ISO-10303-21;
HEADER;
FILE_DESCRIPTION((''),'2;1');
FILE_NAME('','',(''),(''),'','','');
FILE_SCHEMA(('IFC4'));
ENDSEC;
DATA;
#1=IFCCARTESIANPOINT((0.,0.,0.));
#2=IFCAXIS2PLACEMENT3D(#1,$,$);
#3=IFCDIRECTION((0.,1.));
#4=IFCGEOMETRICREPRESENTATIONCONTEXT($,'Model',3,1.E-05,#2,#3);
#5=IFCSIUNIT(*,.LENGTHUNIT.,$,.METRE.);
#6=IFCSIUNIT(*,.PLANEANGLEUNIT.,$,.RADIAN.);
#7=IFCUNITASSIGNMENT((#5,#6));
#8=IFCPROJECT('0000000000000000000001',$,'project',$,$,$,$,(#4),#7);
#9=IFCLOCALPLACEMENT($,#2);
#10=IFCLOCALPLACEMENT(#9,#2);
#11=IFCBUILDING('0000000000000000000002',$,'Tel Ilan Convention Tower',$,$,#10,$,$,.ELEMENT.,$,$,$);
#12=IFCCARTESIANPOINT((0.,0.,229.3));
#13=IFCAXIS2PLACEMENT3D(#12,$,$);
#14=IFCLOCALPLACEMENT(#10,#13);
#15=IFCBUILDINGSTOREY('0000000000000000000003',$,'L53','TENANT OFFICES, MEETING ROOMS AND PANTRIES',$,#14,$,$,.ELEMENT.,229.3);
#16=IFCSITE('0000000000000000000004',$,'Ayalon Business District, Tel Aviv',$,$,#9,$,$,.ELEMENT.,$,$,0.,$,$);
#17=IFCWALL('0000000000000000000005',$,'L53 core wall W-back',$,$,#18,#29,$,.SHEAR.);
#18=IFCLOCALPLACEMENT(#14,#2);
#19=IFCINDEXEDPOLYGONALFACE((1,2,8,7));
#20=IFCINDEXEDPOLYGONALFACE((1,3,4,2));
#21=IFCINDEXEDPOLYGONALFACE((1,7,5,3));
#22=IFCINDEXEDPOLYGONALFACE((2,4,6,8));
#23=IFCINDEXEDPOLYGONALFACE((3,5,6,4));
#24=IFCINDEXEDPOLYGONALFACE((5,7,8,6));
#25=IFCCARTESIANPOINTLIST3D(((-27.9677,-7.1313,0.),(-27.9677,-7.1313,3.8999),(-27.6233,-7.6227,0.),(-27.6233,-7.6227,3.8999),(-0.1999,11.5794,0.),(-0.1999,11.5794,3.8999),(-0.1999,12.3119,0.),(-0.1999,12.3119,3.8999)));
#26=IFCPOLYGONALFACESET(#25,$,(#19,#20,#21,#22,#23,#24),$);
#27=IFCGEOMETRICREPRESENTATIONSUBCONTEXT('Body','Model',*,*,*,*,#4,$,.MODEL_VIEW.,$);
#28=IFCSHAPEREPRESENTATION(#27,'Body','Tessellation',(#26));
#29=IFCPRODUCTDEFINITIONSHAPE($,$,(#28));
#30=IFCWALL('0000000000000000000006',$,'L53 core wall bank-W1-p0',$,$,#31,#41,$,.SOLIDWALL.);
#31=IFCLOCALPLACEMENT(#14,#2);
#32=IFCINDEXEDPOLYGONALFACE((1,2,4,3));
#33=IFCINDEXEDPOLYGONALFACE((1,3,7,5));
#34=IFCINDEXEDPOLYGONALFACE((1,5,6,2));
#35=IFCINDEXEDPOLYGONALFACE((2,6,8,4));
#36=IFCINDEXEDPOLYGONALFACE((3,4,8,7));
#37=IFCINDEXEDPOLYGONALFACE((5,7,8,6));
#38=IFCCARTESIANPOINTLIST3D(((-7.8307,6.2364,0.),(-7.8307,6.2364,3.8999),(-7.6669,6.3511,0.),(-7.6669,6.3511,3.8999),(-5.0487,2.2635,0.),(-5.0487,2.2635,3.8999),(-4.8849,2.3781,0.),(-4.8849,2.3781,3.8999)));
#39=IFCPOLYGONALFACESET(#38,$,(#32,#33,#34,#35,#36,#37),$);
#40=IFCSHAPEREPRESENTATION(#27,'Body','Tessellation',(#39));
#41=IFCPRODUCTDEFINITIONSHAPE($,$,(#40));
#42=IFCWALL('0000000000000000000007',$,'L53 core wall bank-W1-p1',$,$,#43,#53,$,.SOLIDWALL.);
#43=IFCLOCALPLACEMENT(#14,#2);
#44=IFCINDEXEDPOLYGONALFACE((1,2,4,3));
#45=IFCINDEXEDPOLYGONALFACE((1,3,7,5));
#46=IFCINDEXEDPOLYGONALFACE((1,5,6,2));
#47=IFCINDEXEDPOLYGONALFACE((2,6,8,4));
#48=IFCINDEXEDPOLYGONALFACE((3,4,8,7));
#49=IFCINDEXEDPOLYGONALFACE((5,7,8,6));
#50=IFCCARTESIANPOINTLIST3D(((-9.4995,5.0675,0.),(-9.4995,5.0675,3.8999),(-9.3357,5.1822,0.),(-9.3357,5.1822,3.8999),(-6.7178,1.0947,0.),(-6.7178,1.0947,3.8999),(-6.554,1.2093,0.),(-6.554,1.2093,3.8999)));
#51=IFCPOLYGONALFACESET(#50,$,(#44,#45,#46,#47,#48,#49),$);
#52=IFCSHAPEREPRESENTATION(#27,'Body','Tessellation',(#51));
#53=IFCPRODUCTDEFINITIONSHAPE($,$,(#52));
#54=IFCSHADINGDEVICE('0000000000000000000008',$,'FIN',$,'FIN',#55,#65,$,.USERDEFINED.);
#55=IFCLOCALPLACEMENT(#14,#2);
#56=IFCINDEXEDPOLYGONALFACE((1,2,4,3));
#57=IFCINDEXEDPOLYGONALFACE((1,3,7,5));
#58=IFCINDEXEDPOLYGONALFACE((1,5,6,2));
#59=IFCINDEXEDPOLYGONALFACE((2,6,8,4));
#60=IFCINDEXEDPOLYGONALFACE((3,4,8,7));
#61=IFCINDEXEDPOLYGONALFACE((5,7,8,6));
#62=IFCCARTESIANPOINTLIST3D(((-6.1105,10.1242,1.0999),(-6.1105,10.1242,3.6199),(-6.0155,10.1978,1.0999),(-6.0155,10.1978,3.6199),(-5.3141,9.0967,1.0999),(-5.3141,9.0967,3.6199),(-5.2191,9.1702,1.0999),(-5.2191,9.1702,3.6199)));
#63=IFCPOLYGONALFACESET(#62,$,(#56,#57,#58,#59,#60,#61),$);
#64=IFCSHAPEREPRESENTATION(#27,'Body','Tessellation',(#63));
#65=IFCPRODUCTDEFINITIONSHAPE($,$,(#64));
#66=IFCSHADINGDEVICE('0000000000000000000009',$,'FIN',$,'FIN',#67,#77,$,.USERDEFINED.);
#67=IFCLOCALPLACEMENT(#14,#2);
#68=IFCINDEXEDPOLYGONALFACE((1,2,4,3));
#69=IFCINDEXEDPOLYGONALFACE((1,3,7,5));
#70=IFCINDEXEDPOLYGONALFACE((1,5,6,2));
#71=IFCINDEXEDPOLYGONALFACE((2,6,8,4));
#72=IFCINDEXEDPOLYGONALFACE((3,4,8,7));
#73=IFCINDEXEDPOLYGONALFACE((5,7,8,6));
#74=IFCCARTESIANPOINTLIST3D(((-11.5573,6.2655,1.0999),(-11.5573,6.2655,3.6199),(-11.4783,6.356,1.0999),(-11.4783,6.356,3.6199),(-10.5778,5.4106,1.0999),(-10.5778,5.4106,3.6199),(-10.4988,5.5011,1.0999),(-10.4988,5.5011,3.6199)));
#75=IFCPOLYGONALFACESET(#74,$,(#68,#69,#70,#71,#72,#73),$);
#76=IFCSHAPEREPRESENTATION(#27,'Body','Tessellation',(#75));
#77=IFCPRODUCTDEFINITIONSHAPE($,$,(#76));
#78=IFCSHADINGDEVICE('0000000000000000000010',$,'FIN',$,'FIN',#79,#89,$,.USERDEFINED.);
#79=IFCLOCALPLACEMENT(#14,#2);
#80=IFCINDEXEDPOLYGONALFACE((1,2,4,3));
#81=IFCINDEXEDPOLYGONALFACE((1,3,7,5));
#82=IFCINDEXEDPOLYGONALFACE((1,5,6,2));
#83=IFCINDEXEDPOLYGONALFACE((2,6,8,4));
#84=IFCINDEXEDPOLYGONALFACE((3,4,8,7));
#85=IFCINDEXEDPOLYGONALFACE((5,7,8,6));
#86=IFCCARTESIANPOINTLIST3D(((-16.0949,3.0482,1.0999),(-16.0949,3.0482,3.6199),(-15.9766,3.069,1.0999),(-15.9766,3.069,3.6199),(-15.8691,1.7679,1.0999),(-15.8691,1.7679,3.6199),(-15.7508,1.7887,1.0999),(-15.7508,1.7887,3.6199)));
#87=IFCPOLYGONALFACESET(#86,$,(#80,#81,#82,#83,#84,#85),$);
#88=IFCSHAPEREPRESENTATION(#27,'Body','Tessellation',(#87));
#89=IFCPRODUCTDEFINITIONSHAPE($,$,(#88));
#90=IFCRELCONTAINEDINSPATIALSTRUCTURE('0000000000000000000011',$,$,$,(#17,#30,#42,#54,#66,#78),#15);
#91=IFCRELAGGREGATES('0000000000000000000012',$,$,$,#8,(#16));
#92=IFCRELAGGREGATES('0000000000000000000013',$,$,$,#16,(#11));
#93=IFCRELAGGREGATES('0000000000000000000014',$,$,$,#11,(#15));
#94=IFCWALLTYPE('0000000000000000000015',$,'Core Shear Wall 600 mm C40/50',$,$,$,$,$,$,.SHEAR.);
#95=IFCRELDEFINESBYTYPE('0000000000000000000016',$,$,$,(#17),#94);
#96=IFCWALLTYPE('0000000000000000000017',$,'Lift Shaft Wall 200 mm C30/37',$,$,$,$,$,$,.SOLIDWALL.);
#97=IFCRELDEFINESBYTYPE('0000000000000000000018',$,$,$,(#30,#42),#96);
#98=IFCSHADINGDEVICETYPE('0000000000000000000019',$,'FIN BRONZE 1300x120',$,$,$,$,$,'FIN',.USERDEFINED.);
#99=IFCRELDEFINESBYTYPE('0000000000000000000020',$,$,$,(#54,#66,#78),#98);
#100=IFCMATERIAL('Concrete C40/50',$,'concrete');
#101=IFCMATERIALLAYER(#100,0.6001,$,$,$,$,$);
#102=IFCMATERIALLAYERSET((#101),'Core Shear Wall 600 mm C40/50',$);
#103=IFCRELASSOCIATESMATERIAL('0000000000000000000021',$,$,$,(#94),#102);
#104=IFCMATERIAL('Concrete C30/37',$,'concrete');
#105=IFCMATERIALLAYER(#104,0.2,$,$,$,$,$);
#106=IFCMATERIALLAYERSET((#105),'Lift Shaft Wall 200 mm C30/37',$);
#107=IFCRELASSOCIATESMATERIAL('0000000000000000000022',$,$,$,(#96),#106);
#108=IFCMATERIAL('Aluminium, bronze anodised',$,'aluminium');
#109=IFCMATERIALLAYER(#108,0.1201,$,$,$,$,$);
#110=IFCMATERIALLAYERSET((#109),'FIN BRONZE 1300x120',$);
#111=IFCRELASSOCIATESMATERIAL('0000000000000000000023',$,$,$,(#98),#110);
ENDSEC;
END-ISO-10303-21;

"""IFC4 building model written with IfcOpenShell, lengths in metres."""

from ifc_helpers import new_model, si_unit, direction, frame, frame_2d, origin, origin_2d, place, context, subcontext, project, spatial, polyline, rectangle, outline, extrude, material, layer, layer_set, type_object, element, save


model = new_model("IFC4")

# Units and contexts
model_context = context("Model", 3, precision=1e-05, world=origin(), true_north=direction((0.0, 1.0)))
body_context = subcontext(model_context, "Body", "Model", "MODEL_VIEW")
ifc_project = project(units=[si_unit("LENGTHUNIT", "METRE"), si_unit("PLANEANGLEUNIT", "RADIAN")], contexts=[model_context])

# Site, building, storey
site_placement = place(None, origin())
site = spatial("IfcSite", under=ifc_project, at=site_placement, Name="Ayalon Business District, Tel Aviv", CompositionType="ELEMENT", RefElevation=0.0)
building_placement = place(site_placement, origin())
building = spatial("IfcBuilding", under=site, at=building_placement, Name="Tel Ilan Convention Tower", CompositionType="ELEMENT")
storey_placement = place(building_placement, frame((0.0, 0.0, 229.3)))
storey = spatial("IfcBuildingStorey", under=building, at=storey_placement, Name="L53", Description="TENANT OFFICES, MEETING ROOMS AND PANTRIES", CompositionType="ELEMENT", Elevation=229.3)

# Walls
ifc_material_1 = material(Name="Concrete C40/50", Category="concrete")
ifc_layer_1 = layer(ifc_material_1, 0.6001)
ifc_layer_set_1 = layer_set([ifc_layer_1], Name="Core Shear Wall 600 mm C40/50")
wall_type_1 = type_object("IfcWallType", Name="Core Shear Wall 600 mm C40/50", PredefinedType="SHEAR", material=ifc_layer_set_1)
wall_1_placement = place(storey_placement, frame((-0.0278, 12.0662, 0.0), z_axis=(0.0, 0.0, 1.0), x_axis=(-0.819151, -0.573577, 0.0)))
element("IfcWall", 1, at=wall_1_placement, inside=storey, type_object=wall_type_1, Name="L53 core wall W-back", PredefinedType="SHEAR", context=body_context, shape_type="SweptSolid", body=[
    extrude(outline(polyline([(33.8979, 0.3), (0.4202, 0.3), (0.0, -0.3), (33.8982, -0.3), (33.8979, 0.3)])), origin(), (0.0, 0.0, 1.0), 3.8999),
])
ifc_material_2 = material(Name="Concrete C30/37", Category="concrete")
ifc_layer_2 = layer(ifc_material_2, 0.2)
ifc_layer_set_2 = layer_set([ifc_layer_2], Name="Lift Shaft Wall 200 mm C30/37")
wall_type_2 = type_object("IfcWallType", Name="Lift Shaft Wall 200 mm C30/37", PredefinedType="SOLIDWALL", material=ifc_layer_set_2)
wall_2_placement = place(storey_placement, frame((-4.9668, 2.3208, 0.0), z_axis=(0.0, 0.0, 1.0), x_axis=(-0.573594, 0.81914, 0.0)))
element("IfcWall", 2, at=wall_2_placement, inside=storey, type_object=wall_type_2, Name="L53 core wall bank-W1-p0", PredefinedType="SOLIDWALL", context=body_context, shape_type="SweptSolid", body=[
    extrude(rectangle(XDim=4.8501, YDim=0.2, at=frame_2d((2.425, 0.0))), origin(), (0.0, 0.0, 1.0), 3.8999),
])
wall_3_placement = place(storey_placement, frame((-6.636, 1.1521, 0.0), z_axis=(0.0, 0.0, 1.0), x_axis=(-0.57356, 0.819163, 0.0)))
element("IfcWall", 3, at=wall_3_placement, inside=storey, type_object=wall_type_2, Name="L53 core wall bank-W1-p1", PredefinedType="SOLIDWALL", context=body_context, shape_type="SweptSolid", body=[
    extrude(rectangle(XDim=4.8499, YDim=0.2, at=frame_2d((2.4248, 0.0))), origin(), (0.0, 0.0, 1.0), 3.8999),
])

# Shading devices
ifc_material_3 = material(Name="Aluminium, bronze anodised", Category="aluminium")
ifc_layer_3 = layer(ifc_material_3, 0.1201)
ifc_layer_set_3 = layer_set([ifc_layer_3], Name="FIN BRONZE 1300x120")
shading_device_type = type_object("IfcShadingDeviceType", Name="FIN BRONZE 1300x120", ElementType="FIN", PredefinedType="USERDEFINED", material=ifc_layer_set_3)
for number, where, z_axis, x_axis, name in (
    (4, (-5.6648, 9.6472, 1.0999), (0.0, 0.0, 1.0), (-0.612601, 0.790393, 0.0), "FIN"),
    (5, (-11.0281, 5.8833, 1.0999), (0.0, 0.0, 1.0), (-0.753436, 0.657521, 0.0), "FIN"),
    (6, (-15.9229, 2.4185, 1.0999), (0.0, 0.0, 1.0), (-0.173648, 0.984808, 0.0), "FIN"),
):
    element("IfcShadingDevice", number, at=place(storey_placement, frame(where, z_axis=z_axis, x_axis=x_axis)), inside=storey, type_object=shading_device_type, Name=name, ObjectType="FIN", PredefinedType="USERDEFINED", context=body_context, shape_type="SweptSolid", body=[
        extrude(rectangle(XDim=1.3, YDim=0.1201, at=origin_2d()), origin(), (0.0, 0.0, 1.0), 2.52),
    ])

save(model, "model.ifc")
